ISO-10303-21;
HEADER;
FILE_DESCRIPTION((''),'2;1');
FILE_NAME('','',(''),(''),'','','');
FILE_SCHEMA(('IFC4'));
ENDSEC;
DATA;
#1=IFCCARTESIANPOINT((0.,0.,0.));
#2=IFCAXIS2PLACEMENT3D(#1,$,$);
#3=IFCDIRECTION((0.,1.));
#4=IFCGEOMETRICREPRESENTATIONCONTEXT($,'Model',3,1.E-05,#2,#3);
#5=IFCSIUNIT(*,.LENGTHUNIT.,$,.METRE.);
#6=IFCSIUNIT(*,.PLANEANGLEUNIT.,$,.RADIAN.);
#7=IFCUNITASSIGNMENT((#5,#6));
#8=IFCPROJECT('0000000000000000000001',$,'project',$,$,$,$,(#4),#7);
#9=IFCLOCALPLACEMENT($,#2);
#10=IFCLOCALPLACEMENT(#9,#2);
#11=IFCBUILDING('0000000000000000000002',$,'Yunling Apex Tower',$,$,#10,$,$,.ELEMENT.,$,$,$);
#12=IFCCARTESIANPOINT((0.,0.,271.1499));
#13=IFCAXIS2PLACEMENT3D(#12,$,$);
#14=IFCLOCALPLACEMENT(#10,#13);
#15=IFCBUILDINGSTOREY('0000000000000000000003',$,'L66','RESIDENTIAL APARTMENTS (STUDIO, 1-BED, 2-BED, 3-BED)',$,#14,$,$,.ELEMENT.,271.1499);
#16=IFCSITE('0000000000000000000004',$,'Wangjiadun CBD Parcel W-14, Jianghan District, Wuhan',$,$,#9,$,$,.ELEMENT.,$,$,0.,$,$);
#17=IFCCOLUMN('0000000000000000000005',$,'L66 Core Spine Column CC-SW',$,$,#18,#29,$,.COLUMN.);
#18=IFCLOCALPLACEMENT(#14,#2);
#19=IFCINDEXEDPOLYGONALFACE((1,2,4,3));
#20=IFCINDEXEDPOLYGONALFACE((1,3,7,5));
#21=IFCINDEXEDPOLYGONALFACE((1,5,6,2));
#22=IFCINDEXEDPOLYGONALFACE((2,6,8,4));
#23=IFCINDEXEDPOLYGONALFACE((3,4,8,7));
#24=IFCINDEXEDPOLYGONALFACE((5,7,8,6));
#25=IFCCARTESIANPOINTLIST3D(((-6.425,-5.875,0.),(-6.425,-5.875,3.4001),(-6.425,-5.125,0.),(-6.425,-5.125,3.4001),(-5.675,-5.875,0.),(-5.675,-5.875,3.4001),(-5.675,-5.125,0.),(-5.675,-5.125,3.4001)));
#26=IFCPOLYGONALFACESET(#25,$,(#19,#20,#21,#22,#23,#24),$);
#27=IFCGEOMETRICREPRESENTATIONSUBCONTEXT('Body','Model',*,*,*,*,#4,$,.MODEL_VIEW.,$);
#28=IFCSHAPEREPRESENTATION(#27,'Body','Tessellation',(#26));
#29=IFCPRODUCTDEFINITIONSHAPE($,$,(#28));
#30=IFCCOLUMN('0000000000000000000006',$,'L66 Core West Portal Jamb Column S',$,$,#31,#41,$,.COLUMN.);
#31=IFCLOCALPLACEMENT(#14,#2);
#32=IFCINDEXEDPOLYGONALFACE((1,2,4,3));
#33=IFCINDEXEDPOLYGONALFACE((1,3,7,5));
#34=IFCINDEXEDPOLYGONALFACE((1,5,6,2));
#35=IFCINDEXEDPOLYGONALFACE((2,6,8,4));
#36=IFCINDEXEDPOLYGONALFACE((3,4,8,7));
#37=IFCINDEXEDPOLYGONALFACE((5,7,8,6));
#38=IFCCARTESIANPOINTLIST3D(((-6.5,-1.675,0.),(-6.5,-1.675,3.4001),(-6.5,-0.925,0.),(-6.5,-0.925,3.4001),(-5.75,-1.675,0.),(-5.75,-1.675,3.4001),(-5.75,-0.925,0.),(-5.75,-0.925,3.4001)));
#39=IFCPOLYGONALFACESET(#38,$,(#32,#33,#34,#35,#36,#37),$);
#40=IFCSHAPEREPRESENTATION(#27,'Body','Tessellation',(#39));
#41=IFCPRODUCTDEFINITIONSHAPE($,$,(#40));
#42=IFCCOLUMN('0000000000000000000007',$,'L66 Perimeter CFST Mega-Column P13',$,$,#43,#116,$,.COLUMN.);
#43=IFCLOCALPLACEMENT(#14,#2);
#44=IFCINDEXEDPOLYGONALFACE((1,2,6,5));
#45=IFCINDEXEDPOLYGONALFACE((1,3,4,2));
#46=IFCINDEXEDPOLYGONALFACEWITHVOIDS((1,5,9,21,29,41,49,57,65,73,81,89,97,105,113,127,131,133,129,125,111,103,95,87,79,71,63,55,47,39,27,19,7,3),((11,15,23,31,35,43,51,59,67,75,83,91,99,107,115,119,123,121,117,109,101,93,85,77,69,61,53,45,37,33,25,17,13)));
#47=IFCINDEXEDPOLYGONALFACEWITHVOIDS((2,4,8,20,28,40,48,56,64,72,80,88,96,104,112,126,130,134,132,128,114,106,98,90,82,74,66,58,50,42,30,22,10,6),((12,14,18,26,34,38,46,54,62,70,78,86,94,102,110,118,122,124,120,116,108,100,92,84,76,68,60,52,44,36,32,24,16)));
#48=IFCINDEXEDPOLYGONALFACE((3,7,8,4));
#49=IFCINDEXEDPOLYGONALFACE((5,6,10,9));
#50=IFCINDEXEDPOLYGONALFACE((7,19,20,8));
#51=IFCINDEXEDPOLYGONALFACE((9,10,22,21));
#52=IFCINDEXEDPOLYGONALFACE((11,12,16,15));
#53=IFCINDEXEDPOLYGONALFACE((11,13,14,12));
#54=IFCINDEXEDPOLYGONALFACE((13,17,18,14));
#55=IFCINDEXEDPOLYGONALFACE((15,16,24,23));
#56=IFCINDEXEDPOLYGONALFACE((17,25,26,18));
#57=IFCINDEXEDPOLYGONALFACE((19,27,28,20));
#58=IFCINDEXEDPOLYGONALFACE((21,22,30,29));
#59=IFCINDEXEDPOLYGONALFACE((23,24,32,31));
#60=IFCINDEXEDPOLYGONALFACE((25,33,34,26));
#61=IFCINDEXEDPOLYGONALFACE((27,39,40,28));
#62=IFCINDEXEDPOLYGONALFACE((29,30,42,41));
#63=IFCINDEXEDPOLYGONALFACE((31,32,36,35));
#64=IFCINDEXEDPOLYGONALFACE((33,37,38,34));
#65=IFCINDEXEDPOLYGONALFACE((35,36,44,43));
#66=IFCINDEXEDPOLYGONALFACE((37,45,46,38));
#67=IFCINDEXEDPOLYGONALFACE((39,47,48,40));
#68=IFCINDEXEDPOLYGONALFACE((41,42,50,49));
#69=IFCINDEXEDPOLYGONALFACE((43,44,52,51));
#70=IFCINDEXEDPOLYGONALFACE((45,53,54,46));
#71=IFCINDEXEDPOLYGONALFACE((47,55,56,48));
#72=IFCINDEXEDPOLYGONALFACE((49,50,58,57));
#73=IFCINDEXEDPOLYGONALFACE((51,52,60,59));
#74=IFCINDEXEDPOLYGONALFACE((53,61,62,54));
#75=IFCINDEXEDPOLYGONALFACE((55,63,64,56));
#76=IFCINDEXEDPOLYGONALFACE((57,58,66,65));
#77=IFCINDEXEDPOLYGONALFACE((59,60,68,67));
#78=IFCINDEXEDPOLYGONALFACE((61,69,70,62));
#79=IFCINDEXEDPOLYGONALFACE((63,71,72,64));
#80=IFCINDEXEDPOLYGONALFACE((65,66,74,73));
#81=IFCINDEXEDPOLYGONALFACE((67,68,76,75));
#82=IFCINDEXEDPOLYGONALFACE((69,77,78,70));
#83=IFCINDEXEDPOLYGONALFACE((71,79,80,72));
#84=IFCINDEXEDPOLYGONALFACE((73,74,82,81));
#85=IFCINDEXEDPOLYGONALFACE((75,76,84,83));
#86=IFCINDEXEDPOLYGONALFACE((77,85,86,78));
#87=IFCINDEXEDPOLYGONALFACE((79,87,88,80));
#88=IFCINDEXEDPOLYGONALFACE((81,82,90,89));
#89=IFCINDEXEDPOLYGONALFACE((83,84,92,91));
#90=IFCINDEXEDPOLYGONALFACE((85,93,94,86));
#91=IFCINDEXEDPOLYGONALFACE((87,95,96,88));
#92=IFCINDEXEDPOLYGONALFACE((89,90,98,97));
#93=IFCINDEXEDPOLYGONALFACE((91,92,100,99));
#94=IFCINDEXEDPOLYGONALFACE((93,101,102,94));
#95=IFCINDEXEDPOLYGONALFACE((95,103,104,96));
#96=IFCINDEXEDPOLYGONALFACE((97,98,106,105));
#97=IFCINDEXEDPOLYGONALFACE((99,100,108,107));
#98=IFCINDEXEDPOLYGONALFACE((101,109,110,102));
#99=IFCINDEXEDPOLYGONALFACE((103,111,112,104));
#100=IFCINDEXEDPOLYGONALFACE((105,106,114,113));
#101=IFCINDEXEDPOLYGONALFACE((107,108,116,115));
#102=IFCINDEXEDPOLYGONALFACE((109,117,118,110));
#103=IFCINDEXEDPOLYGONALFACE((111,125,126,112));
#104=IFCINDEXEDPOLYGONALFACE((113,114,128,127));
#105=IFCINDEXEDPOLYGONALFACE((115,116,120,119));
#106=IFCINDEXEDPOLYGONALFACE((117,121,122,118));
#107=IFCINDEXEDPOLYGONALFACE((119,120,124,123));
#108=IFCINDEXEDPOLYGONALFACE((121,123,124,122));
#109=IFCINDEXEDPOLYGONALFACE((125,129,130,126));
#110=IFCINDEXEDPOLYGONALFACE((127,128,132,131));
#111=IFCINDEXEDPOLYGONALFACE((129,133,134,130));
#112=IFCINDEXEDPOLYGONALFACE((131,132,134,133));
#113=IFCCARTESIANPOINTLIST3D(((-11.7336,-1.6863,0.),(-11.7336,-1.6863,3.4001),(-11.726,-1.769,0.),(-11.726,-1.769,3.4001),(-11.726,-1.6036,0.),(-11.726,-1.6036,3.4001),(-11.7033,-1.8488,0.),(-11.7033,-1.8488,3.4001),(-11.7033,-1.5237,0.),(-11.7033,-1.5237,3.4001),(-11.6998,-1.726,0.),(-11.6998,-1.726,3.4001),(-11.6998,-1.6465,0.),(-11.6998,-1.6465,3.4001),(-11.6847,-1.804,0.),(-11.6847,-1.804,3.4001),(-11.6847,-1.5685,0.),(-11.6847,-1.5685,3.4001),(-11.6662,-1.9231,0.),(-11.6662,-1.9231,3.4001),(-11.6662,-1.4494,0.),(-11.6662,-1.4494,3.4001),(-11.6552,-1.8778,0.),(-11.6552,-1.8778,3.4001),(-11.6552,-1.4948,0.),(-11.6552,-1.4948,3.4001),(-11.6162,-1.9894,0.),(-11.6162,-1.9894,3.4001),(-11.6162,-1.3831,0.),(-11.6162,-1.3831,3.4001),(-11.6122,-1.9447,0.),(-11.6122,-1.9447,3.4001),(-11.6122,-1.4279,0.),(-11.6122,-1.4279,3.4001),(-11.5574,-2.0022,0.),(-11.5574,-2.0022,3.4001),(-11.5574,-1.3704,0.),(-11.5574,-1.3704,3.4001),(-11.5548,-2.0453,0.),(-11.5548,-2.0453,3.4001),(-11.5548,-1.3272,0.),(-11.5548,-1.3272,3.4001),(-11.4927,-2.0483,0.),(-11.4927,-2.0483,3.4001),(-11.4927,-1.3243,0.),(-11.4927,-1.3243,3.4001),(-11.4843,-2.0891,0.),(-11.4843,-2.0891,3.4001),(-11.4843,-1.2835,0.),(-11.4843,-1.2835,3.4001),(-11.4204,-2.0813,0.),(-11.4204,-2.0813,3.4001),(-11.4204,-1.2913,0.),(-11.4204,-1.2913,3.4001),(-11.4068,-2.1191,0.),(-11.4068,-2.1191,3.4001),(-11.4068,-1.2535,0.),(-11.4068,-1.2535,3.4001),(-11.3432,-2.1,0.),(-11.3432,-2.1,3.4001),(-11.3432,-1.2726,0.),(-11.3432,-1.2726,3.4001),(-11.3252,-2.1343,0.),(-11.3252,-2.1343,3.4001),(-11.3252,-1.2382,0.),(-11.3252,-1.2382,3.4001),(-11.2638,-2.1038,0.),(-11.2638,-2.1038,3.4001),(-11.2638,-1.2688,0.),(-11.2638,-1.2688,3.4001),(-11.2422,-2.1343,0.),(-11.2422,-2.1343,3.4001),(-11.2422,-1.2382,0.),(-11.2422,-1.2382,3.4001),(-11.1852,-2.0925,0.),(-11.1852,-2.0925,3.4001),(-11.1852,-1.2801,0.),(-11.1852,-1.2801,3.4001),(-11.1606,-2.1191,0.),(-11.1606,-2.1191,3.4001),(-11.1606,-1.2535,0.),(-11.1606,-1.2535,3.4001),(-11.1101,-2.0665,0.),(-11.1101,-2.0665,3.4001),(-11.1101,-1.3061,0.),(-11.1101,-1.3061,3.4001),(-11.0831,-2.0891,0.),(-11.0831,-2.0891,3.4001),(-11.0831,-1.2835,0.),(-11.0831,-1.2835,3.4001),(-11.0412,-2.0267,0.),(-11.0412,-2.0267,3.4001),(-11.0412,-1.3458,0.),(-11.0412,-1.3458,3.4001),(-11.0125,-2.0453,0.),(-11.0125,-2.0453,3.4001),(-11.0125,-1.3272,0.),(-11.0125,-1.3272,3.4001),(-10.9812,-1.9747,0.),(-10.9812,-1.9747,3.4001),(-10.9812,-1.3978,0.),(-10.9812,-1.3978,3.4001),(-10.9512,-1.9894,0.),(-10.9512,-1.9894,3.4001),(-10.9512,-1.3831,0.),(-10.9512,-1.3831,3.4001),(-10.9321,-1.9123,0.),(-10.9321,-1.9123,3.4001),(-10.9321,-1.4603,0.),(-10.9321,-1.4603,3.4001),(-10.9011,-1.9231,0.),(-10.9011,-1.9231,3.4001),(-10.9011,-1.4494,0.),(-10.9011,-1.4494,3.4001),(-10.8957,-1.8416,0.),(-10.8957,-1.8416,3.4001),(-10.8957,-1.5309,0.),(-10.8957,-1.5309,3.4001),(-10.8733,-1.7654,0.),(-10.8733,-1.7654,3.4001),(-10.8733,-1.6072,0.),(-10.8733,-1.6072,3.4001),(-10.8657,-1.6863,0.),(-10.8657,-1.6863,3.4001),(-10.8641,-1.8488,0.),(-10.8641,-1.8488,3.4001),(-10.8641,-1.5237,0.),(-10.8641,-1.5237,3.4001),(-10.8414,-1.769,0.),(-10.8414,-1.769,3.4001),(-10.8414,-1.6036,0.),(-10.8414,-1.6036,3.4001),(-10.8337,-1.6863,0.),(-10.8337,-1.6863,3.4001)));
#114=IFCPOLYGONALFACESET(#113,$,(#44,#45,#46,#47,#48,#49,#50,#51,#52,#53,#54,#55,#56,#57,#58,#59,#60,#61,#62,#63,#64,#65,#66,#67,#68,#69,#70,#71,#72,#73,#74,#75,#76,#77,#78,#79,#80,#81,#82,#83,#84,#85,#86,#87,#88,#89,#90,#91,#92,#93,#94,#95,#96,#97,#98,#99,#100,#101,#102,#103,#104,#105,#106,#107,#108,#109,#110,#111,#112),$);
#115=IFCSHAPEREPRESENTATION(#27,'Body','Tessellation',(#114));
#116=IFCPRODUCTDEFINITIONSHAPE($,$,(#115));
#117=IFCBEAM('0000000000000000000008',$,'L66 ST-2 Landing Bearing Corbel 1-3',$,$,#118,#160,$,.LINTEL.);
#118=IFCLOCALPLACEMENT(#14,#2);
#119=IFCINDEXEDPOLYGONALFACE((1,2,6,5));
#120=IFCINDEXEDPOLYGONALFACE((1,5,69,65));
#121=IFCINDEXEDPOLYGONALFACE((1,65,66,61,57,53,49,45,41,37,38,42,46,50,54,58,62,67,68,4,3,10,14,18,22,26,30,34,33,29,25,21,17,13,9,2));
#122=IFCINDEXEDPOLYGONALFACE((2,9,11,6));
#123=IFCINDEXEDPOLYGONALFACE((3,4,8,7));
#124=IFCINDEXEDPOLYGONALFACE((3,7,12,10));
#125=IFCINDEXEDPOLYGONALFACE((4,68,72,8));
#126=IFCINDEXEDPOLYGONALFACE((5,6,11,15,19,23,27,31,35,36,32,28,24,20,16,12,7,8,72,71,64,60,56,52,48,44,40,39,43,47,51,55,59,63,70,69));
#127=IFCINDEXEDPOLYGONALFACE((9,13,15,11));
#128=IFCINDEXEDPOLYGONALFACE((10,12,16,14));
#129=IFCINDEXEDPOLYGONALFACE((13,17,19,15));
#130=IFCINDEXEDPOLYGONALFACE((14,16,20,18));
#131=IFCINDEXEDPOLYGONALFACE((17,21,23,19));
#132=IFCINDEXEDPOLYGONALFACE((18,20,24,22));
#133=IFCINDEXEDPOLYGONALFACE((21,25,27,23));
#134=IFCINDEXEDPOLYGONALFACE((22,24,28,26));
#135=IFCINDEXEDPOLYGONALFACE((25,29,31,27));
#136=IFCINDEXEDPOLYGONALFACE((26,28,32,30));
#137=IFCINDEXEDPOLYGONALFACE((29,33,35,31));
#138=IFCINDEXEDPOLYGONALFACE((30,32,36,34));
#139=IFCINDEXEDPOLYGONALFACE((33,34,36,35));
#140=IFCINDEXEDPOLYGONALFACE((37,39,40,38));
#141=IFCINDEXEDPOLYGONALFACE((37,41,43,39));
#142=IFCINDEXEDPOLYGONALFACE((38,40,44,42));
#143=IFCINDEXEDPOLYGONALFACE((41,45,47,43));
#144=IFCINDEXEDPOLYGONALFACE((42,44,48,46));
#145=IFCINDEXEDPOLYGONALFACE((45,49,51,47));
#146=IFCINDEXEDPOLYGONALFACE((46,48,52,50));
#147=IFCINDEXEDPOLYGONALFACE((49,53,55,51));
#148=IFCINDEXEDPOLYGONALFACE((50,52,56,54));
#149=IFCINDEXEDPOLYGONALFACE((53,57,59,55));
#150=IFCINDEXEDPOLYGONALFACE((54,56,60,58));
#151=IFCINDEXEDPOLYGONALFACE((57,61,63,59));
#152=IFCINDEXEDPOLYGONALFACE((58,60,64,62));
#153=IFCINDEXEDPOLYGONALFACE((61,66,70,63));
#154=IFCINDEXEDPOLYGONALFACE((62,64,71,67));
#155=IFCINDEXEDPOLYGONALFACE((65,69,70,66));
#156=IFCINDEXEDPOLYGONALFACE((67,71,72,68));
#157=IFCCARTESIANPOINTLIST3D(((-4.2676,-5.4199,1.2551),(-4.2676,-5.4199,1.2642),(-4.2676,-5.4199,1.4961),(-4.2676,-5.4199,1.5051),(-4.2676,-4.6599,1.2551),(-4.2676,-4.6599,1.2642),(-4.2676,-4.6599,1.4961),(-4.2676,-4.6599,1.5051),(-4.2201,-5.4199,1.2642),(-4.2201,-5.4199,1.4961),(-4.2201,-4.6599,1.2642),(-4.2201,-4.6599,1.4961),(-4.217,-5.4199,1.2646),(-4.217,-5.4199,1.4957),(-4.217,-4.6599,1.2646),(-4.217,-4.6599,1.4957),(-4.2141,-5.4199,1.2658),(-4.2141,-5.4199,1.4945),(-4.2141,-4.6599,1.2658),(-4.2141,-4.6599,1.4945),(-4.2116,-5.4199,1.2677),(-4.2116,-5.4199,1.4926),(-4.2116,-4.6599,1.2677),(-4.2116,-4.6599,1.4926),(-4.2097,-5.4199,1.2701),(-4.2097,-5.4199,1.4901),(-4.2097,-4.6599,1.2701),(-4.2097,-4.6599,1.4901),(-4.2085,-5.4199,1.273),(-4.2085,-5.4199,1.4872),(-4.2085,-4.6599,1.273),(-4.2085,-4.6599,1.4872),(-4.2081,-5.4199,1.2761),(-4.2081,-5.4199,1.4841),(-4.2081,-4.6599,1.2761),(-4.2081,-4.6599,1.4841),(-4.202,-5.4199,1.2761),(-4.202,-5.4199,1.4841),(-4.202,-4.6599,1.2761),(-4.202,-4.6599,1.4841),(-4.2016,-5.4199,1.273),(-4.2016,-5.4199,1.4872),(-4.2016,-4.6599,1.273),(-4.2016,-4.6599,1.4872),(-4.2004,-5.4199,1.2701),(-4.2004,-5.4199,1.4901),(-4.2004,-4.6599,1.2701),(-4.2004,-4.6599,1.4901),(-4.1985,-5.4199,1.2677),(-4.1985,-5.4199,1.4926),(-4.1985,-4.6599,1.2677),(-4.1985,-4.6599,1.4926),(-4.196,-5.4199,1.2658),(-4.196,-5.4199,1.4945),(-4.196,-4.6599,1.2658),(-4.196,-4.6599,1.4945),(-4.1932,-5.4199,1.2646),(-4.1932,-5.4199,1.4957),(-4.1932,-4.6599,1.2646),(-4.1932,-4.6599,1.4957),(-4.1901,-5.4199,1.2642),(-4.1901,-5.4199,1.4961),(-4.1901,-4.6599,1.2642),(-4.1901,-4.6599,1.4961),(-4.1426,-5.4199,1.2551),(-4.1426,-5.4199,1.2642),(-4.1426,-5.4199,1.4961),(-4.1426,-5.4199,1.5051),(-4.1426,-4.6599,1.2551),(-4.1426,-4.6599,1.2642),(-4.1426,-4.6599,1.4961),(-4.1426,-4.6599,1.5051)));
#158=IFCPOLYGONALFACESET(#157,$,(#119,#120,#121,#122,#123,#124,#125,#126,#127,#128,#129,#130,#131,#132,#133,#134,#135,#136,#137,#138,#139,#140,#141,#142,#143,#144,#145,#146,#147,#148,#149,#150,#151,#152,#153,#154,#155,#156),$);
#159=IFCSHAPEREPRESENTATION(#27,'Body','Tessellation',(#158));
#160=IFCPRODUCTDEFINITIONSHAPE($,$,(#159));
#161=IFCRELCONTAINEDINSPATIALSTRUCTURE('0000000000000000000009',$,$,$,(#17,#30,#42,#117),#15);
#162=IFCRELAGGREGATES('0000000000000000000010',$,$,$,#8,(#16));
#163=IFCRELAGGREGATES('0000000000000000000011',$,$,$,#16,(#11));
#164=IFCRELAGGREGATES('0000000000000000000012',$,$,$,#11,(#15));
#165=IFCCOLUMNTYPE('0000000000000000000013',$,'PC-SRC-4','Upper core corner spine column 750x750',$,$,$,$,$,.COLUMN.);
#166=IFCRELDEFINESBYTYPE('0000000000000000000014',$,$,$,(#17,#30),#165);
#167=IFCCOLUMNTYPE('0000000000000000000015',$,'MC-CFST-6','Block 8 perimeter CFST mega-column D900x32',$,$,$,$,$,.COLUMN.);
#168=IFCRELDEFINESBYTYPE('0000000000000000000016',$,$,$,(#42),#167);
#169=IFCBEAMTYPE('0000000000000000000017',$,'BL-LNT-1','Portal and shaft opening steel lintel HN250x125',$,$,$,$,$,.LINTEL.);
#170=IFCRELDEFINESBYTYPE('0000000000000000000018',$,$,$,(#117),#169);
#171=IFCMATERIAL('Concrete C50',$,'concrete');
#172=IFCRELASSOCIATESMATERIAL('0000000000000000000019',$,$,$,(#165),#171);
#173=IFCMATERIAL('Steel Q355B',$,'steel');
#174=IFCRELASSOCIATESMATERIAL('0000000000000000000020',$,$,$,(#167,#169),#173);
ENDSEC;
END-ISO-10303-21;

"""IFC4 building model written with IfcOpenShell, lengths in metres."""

from ifc_helpers import new_model, si_unit, direction, frame, origin, origin_2d, place, context, subcontext, project, spatial, rectangle, hollow_circle, i_section, extrude, source, transform, mapped, material, material_profile, profile_set, type_object, element, save


model = new_model("IFC4")

# Units and contexts
model_context = context("Model", 3, precision=1e-05, world=origin(), true_north=direction((0.0, 1.0)))
body_context = subcontext(model_context, "Body", "Model", "MODEL_VIEW")
ifc_project = project(units=[si_unit("LENGTHUNIT", "METRE"), si_unit("PLANEANGLEUNIT", "RADIAN")], contexts=[model_context])

# Site, building, storey
site_placement = place(None, origin())
site = spatial("IfcSite", under=ifc_project, at=site_placement, Name="Wangjiadun CBD Parcel W-14, Jianghan District, Wuhan", CompositionType="ELEMENT", RefElevation=0.0)
building_placement = place(site_placement, origin())
building = spatial("IfcBuilding", under=site, at=building_placement, Name="Yunling Apex Tower", CompositionType="ELEMENT")
storey_placement = place(building_placement, frame((0.0, 0.0, 271.1499)))
storey = spatial("IfcBuildingStorey", under=building, at=storey_placement, Name="L66", Description="RESIDENTIAL APARTMENTS (STUDIO, 1-BED, 2-BED, 3-BED)", CompositionType="ELEMENT", Elevation=271.1499)

# Columns
ifc_material_1 = material(Name="Concrete C50", Category="concrete")
ifc_material_profile_1 = material_profile(ifc_material_1, rectangle(XDim=0.75, YDim=0.75, at=origin_2d()))
ifc_profile_set_1 = profile_set([ifc_material_profile_1], Name="Concrete C50")
column_type_1 = type_object("IfcColumnType", Name="PC-SRC-4", Description="Upper core corner spine column 750x750", PredefinedType="COLUMN", material=ifc_profile_set_1)
shared_shape_1 = source(origin(), body_context, "Body", "SweptSolid", [
    extrude(rectangle(XDim=0.75, YDim=0.75, at=origin_2d()), origin(), (0.0, 0.0, 1.0), 3.4001),
])
for number, where, z_axis, x_axis, name in (
    (1, (-6.05, -5.5, 0.0), (0.0, 0.0, 1.0), (1.0, 0.0, 0.0), "L66 Core Spine Column CC-SW"),
    (2, (-6.125, -1.3, 0.0), (0.0, 0.0, 1.0), (1.0, 0.0, 0.0), "L66 Core West Portal Jamb Column S"),
):
    element("IfcColumn", number, at=place(storey_placement, frame(where, z_axis=z_axis, x_axis=x_axis)), inside=storey, type_object=column_type_1, Name=name, PredefinedType="COLUMN", context=body_context, shape_type="MappedRepresentation", body=[
        mapped(shared_shape_1, transform((0.0, 0.0, 0.0), scale=1.0)),
    ])
ifc_material_2 = material(Name="Steel Q355B", Category="steel")
ifc_material_profile_2 = material_profile(ifc_material_2, hollow_circle(Radius=0.45, WallThickness=0.032, at=origin_2d()))
ifc_profile_set_2 = profile_set([ifc_material_profile_2], Name="Steel Q355B")
column_type_2 = type_object("IfcColumnType", Name="MC-CFST-6", Description="Block 8 perimeter CFST mega-column D900x32", PredefinedType="COLUMN", material=ifc_profile_set_2)
shared_shape_2 = source(origin(), body_context, "Body", "SweptSolid", [
    extrude(hollow_circle(Radius=0.45, WallThickness=0.032, at=origin_2d()), origin(), (0.0, 0.0, 1.0), 3.4001),
])
column_placement = place(storey_placement, frame((-11.2837, -1.6863, 0.0), z_axis=(0.0, 0.0, 1.0), x_axis=(1.0, 0.0, 0.0)))
element("IfcColumn", 3, at=column_placement, inside=storey, type_object=column_type_2, Name="L66 Perimeter CFST Mega-Column P13", PredefinedType="COLUMN", context=body_context, shape_type="MappedRepresentation", body=[
    mapped(shared_shape_2, transform((0.0, 0.0, 0.0), scale=1.0)),
])

# Beam
ifc_material_profile_3 = material_profile(ifc_material_2, i_section(OverallWidth=0.125, OverallDepth=0.25, WebThickness=0.0061, FlangeThickness=0.009, FilletRadius=0.012, at=origin_2d()))
ifc_profile_set_3 = profile_set([ifc_material_profile_3], Name="Steel Q355B")
beam_type_1 = type_object("IfcBeamType", Name="BL-LNT-1", Description="Portal and shaft opening steel lintel HN250x125", PredefinedType="LINTEL", material=ifc_profile_set_3)
shared_shape_3 = source(origin(), body_context, "Body", "SweptSolid", [
    extrude(i_section(OverallWidth=0.125, OverallDepth=0.25, WebThickness=0.0061, FlangeThickness=0.009, FilletRadius=0.012, at=origin_2d()), origin(), (0.0, 0.0, 1.0), 0.76),
])
beam_1_placement = place(storey_placement, frame((-4.2051, -5.4199, 1.3801), z_axis=(0.0, 1.0, 0.0), x_axis=(-1.0, 0.0, 0.0)))
element("IfcBeam", 4, at=beam_1_placement, inside=storey, type_object=beam_type_1, Name="L66 ST-2 Landing Bearing Corbel 1-3", PredefinedType="LINTEL", context=body_context, shape_type="MappedRepresentation", body=[
    mapped(shared_shape_3, transform((0.0, 0.0, 0.0), scale=1.0)),
])

save(model, "model.ifc")
